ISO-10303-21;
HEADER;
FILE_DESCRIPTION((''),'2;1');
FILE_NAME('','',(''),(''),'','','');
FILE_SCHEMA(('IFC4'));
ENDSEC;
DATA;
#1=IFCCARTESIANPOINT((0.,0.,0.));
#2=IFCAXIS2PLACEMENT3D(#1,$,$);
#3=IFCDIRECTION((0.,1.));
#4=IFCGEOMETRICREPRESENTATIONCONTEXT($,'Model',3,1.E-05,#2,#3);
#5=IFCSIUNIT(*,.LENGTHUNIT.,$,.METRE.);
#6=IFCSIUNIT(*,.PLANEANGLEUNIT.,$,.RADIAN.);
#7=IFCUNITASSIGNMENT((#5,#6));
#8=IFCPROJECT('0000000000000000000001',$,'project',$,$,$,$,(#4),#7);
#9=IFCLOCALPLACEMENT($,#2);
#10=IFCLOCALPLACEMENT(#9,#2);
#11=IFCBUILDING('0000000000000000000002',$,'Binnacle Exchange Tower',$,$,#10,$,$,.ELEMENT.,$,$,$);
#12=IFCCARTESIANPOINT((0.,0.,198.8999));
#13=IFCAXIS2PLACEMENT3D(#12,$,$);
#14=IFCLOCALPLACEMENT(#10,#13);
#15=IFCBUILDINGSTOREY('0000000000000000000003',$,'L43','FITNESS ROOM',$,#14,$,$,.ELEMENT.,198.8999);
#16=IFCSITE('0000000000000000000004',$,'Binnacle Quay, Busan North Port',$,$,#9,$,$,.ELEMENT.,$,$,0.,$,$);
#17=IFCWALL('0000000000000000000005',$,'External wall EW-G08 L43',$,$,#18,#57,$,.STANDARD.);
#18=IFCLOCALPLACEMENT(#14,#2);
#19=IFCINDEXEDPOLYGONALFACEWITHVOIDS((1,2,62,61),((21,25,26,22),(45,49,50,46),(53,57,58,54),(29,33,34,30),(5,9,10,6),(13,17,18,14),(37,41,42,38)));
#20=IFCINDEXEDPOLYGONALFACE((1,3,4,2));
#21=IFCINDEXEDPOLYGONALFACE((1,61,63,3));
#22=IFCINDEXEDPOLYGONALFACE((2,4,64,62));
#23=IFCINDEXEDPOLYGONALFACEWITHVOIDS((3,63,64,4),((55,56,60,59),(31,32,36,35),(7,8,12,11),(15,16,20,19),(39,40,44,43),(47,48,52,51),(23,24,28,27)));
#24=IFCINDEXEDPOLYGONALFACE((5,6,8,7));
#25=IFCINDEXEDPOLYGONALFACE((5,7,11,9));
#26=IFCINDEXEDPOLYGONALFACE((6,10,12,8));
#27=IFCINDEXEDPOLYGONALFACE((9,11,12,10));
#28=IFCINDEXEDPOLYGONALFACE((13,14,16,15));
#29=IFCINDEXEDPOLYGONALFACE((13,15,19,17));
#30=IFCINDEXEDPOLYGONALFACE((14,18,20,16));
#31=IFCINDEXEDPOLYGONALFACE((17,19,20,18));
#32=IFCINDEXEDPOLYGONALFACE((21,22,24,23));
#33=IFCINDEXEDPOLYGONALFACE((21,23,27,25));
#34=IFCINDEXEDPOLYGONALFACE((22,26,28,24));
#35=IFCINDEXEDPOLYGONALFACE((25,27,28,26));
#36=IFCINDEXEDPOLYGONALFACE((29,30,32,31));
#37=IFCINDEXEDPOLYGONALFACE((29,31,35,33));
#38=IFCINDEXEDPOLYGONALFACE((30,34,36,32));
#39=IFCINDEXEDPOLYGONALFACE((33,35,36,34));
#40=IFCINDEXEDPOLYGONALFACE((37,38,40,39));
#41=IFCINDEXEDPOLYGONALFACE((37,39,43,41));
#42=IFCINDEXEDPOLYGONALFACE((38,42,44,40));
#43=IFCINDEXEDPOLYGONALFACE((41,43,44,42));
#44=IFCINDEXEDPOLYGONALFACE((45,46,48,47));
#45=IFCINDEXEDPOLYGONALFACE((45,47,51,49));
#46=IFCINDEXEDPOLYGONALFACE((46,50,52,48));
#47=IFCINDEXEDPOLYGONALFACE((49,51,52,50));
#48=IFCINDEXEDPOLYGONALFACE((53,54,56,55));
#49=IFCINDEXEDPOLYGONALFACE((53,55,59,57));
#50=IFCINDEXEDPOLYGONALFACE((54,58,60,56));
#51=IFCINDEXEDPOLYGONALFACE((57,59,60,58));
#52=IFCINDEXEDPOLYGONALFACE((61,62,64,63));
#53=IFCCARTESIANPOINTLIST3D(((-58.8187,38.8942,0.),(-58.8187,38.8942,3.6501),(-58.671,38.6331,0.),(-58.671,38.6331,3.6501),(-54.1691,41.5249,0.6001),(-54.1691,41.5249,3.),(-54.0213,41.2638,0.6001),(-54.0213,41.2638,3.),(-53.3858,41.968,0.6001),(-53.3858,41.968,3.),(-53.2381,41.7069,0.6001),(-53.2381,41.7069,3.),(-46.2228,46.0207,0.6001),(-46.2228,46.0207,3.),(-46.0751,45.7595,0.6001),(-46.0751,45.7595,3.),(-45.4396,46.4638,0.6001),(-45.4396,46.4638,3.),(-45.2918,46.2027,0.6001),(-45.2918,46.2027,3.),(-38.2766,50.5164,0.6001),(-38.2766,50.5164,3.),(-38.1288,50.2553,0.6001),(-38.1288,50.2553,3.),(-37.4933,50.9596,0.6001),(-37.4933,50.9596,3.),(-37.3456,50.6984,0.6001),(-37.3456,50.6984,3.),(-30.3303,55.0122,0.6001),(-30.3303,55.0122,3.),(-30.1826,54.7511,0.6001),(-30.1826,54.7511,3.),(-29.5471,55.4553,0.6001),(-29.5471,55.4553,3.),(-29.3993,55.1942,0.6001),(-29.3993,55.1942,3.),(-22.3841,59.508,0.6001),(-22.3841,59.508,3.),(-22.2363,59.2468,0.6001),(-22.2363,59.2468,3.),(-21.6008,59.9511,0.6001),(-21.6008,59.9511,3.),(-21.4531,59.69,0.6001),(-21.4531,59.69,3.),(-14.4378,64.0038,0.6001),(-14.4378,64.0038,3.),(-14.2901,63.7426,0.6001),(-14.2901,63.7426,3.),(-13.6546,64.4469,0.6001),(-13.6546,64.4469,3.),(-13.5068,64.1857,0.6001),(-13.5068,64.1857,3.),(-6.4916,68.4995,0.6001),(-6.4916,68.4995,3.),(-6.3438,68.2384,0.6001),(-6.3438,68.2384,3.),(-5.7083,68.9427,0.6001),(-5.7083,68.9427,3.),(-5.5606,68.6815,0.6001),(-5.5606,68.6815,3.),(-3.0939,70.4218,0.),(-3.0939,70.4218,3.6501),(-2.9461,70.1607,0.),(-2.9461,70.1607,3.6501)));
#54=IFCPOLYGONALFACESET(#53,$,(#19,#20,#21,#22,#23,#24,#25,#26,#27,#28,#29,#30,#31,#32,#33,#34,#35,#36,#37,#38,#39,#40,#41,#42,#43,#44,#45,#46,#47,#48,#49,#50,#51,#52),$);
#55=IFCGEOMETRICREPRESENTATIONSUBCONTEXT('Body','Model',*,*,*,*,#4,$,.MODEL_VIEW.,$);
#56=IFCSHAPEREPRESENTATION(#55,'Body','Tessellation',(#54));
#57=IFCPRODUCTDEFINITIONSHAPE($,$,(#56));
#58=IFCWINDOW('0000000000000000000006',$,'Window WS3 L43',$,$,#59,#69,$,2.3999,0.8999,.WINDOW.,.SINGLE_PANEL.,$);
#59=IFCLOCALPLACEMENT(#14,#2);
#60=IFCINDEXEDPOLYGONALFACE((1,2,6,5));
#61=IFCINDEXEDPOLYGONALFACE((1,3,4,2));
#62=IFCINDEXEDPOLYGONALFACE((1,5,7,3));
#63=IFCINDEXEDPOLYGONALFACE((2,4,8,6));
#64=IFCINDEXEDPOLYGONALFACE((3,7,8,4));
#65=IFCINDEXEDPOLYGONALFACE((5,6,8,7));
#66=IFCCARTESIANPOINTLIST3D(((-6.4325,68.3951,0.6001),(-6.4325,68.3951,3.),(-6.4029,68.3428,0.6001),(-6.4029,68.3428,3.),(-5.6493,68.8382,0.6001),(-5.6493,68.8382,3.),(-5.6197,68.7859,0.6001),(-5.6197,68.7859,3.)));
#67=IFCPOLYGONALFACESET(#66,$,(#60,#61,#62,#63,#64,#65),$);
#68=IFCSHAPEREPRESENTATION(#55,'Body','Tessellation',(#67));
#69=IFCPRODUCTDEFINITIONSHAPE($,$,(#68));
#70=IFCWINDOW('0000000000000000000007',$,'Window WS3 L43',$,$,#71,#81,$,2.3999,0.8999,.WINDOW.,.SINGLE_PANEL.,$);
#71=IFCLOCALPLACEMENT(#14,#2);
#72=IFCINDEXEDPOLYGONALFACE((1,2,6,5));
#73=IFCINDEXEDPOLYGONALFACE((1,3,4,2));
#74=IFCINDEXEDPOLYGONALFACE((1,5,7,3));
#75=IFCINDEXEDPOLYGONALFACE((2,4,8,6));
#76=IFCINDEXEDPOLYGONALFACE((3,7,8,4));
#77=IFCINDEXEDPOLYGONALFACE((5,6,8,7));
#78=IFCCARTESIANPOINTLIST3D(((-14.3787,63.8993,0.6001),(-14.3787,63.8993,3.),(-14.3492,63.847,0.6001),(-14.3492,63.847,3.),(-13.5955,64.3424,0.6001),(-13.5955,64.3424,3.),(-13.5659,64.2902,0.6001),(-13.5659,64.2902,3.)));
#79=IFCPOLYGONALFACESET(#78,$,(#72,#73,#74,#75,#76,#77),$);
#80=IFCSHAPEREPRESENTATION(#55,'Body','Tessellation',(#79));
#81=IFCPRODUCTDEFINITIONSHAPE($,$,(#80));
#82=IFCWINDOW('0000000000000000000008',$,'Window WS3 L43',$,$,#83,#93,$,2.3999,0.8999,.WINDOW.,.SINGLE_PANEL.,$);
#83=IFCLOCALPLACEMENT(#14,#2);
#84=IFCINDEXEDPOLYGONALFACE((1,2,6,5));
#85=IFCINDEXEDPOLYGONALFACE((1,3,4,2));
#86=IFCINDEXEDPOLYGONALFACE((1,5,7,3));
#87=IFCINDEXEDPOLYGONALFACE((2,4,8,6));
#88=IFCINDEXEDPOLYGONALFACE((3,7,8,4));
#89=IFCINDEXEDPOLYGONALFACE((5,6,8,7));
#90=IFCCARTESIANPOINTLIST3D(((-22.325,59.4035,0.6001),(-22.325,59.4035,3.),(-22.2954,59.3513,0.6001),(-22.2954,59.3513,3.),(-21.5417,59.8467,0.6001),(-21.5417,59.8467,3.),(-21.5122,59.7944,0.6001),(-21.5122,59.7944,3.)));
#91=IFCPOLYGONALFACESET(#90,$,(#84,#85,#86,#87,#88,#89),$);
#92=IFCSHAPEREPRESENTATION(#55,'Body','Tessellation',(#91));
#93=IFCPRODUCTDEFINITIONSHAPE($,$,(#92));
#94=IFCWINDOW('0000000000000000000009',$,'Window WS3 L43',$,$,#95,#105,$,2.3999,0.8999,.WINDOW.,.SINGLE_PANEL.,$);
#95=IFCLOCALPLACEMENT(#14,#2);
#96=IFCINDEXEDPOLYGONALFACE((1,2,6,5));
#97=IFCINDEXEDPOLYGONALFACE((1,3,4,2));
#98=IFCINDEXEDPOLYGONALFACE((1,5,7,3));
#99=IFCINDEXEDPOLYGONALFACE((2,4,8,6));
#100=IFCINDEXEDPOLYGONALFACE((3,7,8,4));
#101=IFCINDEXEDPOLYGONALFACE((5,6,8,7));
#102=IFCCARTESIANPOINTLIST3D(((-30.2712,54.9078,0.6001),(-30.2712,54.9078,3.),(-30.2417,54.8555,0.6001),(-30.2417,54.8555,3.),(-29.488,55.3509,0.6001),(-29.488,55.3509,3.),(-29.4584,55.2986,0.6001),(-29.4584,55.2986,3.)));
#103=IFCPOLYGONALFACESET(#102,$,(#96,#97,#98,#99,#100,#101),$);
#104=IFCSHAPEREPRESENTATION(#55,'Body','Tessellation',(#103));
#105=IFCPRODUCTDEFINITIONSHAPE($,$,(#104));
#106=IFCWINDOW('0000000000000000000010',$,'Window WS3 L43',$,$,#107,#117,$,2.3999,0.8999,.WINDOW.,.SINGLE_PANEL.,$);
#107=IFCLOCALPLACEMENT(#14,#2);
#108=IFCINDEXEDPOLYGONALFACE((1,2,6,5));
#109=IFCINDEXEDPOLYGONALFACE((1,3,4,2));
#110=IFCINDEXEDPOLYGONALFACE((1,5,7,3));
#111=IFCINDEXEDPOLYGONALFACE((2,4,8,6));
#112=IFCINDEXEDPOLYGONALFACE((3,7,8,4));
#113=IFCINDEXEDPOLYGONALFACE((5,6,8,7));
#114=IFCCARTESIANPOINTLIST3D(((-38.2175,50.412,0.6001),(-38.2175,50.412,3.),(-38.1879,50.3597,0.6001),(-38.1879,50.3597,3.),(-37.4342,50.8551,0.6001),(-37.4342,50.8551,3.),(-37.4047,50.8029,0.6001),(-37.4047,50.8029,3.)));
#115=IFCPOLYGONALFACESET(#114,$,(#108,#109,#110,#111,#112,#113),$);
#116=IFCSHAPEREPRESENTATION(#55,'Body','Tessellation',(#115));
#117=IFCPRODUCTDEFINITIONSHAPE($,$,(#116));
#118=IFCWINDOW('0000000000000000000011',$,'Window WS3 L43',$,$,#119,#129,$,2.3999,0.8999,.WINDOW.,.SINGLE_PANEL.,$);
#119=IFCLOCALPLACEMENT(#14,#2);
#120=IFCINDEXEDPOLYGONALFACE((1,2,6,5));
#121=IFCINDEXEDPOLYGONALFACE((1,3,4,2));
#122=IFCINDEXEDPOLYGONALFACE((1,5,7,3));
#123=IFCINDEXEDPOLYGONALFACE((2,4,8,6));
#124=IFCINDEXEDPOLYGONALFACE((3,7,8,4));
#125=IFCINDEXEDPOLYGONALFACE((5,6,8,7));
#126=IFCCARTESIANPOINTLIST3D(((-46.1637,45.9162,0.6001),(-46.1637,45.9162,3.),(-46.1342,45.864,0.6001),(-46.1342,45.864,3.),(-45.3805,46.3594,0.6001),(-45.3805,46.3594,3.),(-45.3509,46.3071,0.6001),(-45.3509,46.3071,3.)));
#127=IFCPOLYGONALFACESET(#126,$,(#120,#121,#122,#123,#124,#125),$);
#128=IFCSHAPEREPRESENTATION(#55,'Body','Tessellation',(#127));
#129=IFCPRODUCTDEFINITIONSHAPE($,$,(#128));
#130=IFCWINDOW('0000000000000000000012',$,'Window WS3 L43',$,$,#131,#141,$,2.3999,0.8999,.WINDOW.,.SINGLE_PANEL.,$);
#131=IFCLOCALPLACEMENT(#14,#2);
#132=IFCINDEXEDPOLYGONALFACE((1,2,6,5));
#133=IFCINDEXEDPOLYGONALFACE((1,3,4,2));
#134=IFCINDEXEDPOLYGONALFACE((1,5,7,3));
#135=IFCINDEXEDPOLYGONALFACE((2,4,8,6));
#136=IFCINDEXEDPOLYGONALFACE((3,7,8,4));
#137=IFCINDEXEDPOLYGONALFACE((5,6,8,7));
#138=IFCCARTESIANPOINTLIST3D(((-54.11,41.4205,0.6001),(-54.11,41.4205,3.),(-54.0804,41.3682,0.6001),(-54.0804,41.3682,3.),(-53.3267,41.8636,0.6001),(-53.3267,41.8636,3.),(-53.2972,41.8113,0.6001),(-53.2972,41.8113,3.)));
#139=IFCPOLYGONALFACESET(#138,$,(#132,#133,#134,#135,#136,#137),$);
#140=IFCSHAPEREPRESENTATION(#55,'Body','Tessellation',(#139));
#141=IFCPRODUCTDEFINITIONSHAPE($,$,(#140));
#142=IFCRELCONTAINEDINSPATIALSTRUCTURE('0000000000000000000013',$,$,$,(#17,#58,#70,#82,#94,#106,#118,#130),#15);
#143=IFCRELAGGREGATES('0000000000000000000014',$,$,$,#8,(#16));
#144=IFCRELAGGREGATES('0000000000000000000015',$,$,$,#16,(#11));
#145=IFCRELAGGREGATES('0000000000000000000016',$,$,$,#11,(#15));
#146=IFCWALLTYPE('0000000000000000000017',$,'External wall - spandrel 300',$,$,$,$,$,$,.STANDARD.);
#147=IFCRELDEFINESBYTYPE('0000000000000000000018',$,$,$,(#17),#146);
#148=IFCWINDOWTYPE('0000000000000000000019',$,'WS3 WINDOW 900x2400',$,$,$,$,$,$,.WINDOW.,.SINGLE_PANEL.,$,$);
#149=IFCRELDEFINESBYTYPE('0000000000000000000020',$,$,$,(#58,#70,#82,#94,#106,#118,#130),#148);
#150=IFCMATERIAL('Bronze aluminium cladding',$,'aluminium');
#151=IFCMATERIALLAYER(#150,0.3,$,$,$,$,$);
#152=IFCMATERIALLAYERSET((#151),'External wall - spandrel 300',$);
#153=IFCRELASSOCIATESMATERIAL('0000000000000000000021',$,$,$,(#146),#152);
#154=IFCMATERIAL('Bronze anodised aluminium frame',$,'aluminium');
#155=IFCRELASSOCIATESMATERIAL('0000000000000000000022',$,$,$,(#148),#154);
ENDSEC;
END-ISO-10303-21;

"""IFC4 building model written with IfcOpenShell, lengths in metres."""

from ifc_helpers import new_model, si_unit, direction, frame, frame_2d, origin, place, context, subcontext, project, spatial, rectangle, extrude, material, layer, layer_set, type_object, element, fill, save


model = new_model("IFC4")

# Units and contexts
model_context = context("Model", 3, precision=1e-05, world=origin(), true_north=direction((0.0, 1.0)))
body_context = subcontext(model_context, "Body", "Model", "MODEL_VIEW")
ifc_project = project(units=[si_unit("LENGTHUNIT", "METRE"), si_unit("PLANEANGLEUNIT", "RADIAN")], contexts=[model_context])

# Site, building, storey
site_placement = place(None, origin())
site = spatial("IfcSite", under=ifc_project, at=site_placement, Name="Binnacle Quay, Busan North Port", CompositionType="ELEMENT", RefElevation=0.0)
building_placement = place(site_placement, origin())
building = spatial("IfcBuilding", under=site, at=building_placement, Name="Binnacle Exchange Tower", CompositionType="ELEMENT")
storey_placement = place(building_placement, frame((0.0, 0.0, 198.8999)))
storey = spatial("IfcBuildingStorey", under=building, at=storey_placement, Name="L43", Description="FITNESS ROOM", CompositionType="ELEMENT", Elevation=198.8999)

# Wall, openings, windows
ifc_material_1 = material(Name="Bronze aluminium cladding", Category="aluminium")
ifc_layer_1 = layer(ifc_material_1, 0.3)
ifc_layer_set_1 = layer_set([ifc_layer_1], Name="External wall - spandrel 300")
wall_type_1 = type_object("IfcWallType", Name="External wall - spandrel 300", PredefinedType="STANDARD", material=ifc_layer_set_1)
wall_1_placement = place(storey_placement, frame((-58.7449, 38.7637, 0.0), z_axis=(0.0, 0.0, 1.0), x_axis=(0.870356, 0.492423, 0.0)))
wall_1 = element("IfcWall", 1, at=wall_1_placement, inside=storey, type_object=wall_type_1, Name="External wall EW-G08 L43", PredefinedType="STANDARD", context=body_context, shape_type="SweptSolid", body=[
    extrude(rectangle(XDim=64.0254, YDim=0.3, at=frame_2d((32.0127, 0.0))), origin(), (0.0, 0.0, 1.0), 3.6501),
])
opening_1_placement = place(wall_1_placement, frame((60.1216, 0.0, 0.6001)))
opening_1 = element("IfcOpeningElement", 2, at=opening_1_placement, cuts=wall_1, PredefinedType="OPENING", context=body_context, shape_type="SweptSolid", body=[
    extrude(rectangle(XDim=0.8999, YDim=2.3999, at=frame_2d((0.45, 1.2))), frame((0.0, 0.1599, 0.0), z_axis=(0.0, -1.0, 0.0), x_axis=(1.0, 0.0, 0.0)), (0.0, 0.0, 1.0), 0.3201),
])
opening_2_placement = place(wall_1_placement, frame((50.9917, 0.0, 0.6001)))
opening_2 = element("IfcOpeningElement", 3, at=opening_2_placement, cuts=wall_1, PredefinedType="OPENING", context=body_context, shape_type="SweptSolid", body=[
    extrude(rectangle(XDim=0.8999, YDim=2.3999, at=frame_2d((0.45, 1.2))), frame((0.0, 0.1599, 0.0), z_axis=(0.0, -1.0, 0.0), x_axis=(1.0, 0.0, 0.0)), (0.0, 0.0, 1.0), 0.3201),
])
opening_3_placement = place(wall_1_placement, frame((41.8618, 0.0, 0.6001)))
opening_3 = element("IfcOpeningElement", 4, at=opening_3_placement, cuts=wall_1, PredefinedType="OPENING", context=body_context, shape_type="SweptSolid", body=[
    extrude(rectangle(XDim=0.8999, YDim=2.3999, at=frame_2d((0.45, 1.2))), frame((0.0, 0.1599, 0.0), z_axis=(0.0, -1.0, 0.0), x_axis=(1.0, 0.0, 0.0)), (0.0, 0.0, 1.0), 0.3201),
])
opening_4_placement = place(wall_1_placement, frame((32.7319, 0.0, 0.6001)))
opening_4 = element("IfcOpeningElement", 5, at=opening_4_placement, cuts=wall_1, PredefinedType="OPENING", context=body_context, shape_type="SweptSolid", body=[
    extrude(rectangle(XDim=0.8999, YDim=2.3999, at=frame_2d((0.45, 1.2))), frame((0.0, 0.1599, 0.0), z_axis=(0.0, -1.0, 0.0), x_axis=(1.0, 0.0, 0.0)), (0.0, 0.0, 1.0), 0.3201),
])
opening_5_placement = place(wall_1_placement, frame((23.6021, 0.0, 0.6001)))
opening_5 = element("IfcOpeningElement", 6, at=opening_5_placement, cuts=wall_1, PredefinedType="OPENING", context=body_context, shape_type="SweptSolid", body=[
    extrude(rectangle(XDim=0.8999, YDim=2.3999, at=frame_2d((0.45, 1.2))), frame((0.0, 0.1599, 0.0), z_axis=(0.0, -1.0, 0.0), x_axis=(1.0, 0.0, 0.0)), (0.0, 0.0, 1.0), 0.3201),
])
opening_6_placement = place(wall_1_placement, frame((14.4722, 0.0, 0.6001)))
opening_6 = element("IfcOpeningElement", 7, at=opening_6_placement, cuts=wall_1, PredefinedType="OPENING", context=body_context, shape_type="SweptSolid", body=[
    extrude(rectangle(XDim=0.8999, YDim=2.3999, at=frame_2d((0.45, 1.2))), frame((0.0, 0.1599, 0.0), z_axis=(0.0, -1.0, 0.0), x_axis=(1.0, 0.0, 0.0)), (0.0, 0.0, 1.0), 0.3201),
])
opening_7_placement = place(wall_1_placement, frame((5.3423, 0.0, 0.6001)))
opening_7 = element("IfcOpeningElement", 8, at=opening_7_placement, cuts=wall_1, PredefinedType="OPENING", context=body_context, shape_type="SweptSolid", body=[
    extrude(rectangle(XDim=0.8999, YDim=2.3999, at=frame_2d((0.45, 1.2))), frame((0.0, 0.1599, 0.0), z_axis=(0.0, -1.0, 0.0), x_axis=(1.0, 0.0, 0.0)), (0.0, 0.0, 1.0), 0.3201),
])
ifc_material_2 = material(Name="Bronze anodised aluminium frame", Category="aluminium")
window_type = type_object("IfcWindowType", Name="WS3 WINDOW 900x2400", PartitioningType="SINGLE_PANEL", PredefinedType="WINDOW", material=ifc_material_2)
window_1_placement = place(opening_1_placement, origin())
window_1 = element("IfcWindow", 9, at=window_1_placement, inside=storey, type_object=window_type, Name="Window WS3 L43", OverallHeight=2.3999, OverallWidth=0.8999, PartitioningType="SINGLE_PANEL", PredefinedType="WINDOW", context=body_context, shape_type="SweptSolid", body=[
    extrude(rectangle(XDim=0.8999, YDim=2.3999, at=frame_2d((0.45, 1.2))), frame((0.0, 0.03, 0.0), z_axis=(0.0, -1.0, 0.0), x_axis=(1.0, 0.0, 0.0)), (0.0, 0.0, 1.0), 0.0601),
])
fill(opening_1, window_1)
window_2_placement = place(opening_2_placement, origin())
window_2 = element("IfcWindow", 10, at=window_2_placement, inside=storey, type_object=window_type, Name="Window WS3 L43", OverallHeight=2.3999, OverallWidth=0.8999, PartitioningType="SINGLE_PANEL", PredefinedType="WINDOW", context=body_context, shape_type="SweptSolid", body=[
    extrude(rectangle(XDim=0.8999, YDim=2.3999, at=frame_2d((0.45, 1.2))), frame((0.0, 0.03, 0.0), z_axis=(0.0, -1.0, 0.0), x_axis=(1.0, 0.0, 0.0)), (0.0, 0.0, 1.0), 0.0601),
])
fill(opening_2, window_2)
window_3_placement = place(opening_3_placement, origin())
window_3 = element("IfcWindow", 11, at=window_3_placement, inside=storey, type_object=window_type, Name="Window WS3 L43", OverallHeight=2.3999, OverallWidth=0.8999, PartitioningType="SINGLE_PANEL", PredefinedType="WINDOW", context=body_context, shape_type="SweptSolid", body=[
    extrude(rectangle(XDim=0.8999, YDim=2.3999, at=frame_2d((0.45, 1.2))), frame((0.0, 0.03, 0.0), z_axis=(0.0, -1.0, 0.0), x_axis=(1.0, 0.0, 0.0)), (0.0, 0.0, 1.0), 0.0601),
])
fill(opening_3, window_3)
window_4_placement = place(opening_4_placement, origin())
window_4 = element("IfcWindow", 12, at=window_4_placement, inside=storey, type_object=window_type, Name="Window WS3 L43", OverallHeight=2.3999, OverallWidth=0.8999, PartitioningType="SINGLE_PANEL", PredefinedType="WINDOW", context=body_context, shape_type="SweptSolid", body=[
    extrude(rectangle(XDim=0.8999, YDim=2.3999, at=frame_2d((0.45, 1.2))), frame((0.0, 0.03, 0.0), z_axis=(0.0, -1.0, 0.0), x_axis=(1.0, 0.0, 0.0)), (0.0, 0.0, 1.0), 0.0601),
])
fill(opening_4, window_4)
window_5_placement = place(opening_5_placement, origin())
window_5 = element("IfcWindow", 13, at=window_5_placement, inside=storey, type_object=window_type, Name="Window WS3 L43", OverallHeight=2.3999, OverallWidth=0.8999, PartitioningType="SINGLE_PANEL", PredefinedType="WINDOW", context=body_context, shape_type="SweptSolid", body=[
    extrude(rectangle(XDim=0.8999, YDim=2.3999, at=frame_2d((0.45, 1.2))), frame((0.0, 0.03, 0.0), z_axis=(0.0, -1.0, 0.0), x_axis=(1.0, 0.0, 0.0)), (0.0, 0.0, 1.0), 0.0601),
])
fill(opening_5, window_5)
window_6_placement = place(opening_6_placement, origin())
window_6 = element("IfcWindow", 14, at=window_6_placement, inside=storey, type_object=window_type, Name="Window WS3 L43", OverallHeight=2.3999, OverallWidth=0.8999, PartitioningType="SINGLE_PANEL", PredefinedType="WINDOW", context=body_context, shape_type="SweptSolid", body=[
    extrude(rectangle(XDim=0.8999, YDim=2.3999, at=frame_2d((0.45, 1.2))), frame((0.0, 0.03, 0.0), z_axis=(0.0, -1.0, 0.0), x_axis=(1.0, 0.0, 0.0)), (0.0, 0.0, 1.0), 0.0601),
])
fill(opening_6, window_6)
window_7_placement = place(opening_7_placement, origin())
window_7 = element("IfcWindow", 15, at=window_7_placement, inside=storey, type_object=window_type, Name="Window WS3 L43", OverallHeight=2.3999, OverallWidth=0.8999, PartitioningType="SINGLE_PANEL", PredefinedType="WINDOW", context=body_context, shape_type="SweptSolid", body=[
    extrude(rectangle(XDim=0.8999, YDim=2.3999, at=frame_2d((0.45, 1.2))), frame((0.0, 0.03, 0.0), z_axis=(0.0, -1.0, 0.0), x_axis=(1.0, 0.0, 0.0)), (0.0, 0.0, 1.0), 0.0601),
])
fill(opening_7, window_7)

save(model, "model.ifc")
